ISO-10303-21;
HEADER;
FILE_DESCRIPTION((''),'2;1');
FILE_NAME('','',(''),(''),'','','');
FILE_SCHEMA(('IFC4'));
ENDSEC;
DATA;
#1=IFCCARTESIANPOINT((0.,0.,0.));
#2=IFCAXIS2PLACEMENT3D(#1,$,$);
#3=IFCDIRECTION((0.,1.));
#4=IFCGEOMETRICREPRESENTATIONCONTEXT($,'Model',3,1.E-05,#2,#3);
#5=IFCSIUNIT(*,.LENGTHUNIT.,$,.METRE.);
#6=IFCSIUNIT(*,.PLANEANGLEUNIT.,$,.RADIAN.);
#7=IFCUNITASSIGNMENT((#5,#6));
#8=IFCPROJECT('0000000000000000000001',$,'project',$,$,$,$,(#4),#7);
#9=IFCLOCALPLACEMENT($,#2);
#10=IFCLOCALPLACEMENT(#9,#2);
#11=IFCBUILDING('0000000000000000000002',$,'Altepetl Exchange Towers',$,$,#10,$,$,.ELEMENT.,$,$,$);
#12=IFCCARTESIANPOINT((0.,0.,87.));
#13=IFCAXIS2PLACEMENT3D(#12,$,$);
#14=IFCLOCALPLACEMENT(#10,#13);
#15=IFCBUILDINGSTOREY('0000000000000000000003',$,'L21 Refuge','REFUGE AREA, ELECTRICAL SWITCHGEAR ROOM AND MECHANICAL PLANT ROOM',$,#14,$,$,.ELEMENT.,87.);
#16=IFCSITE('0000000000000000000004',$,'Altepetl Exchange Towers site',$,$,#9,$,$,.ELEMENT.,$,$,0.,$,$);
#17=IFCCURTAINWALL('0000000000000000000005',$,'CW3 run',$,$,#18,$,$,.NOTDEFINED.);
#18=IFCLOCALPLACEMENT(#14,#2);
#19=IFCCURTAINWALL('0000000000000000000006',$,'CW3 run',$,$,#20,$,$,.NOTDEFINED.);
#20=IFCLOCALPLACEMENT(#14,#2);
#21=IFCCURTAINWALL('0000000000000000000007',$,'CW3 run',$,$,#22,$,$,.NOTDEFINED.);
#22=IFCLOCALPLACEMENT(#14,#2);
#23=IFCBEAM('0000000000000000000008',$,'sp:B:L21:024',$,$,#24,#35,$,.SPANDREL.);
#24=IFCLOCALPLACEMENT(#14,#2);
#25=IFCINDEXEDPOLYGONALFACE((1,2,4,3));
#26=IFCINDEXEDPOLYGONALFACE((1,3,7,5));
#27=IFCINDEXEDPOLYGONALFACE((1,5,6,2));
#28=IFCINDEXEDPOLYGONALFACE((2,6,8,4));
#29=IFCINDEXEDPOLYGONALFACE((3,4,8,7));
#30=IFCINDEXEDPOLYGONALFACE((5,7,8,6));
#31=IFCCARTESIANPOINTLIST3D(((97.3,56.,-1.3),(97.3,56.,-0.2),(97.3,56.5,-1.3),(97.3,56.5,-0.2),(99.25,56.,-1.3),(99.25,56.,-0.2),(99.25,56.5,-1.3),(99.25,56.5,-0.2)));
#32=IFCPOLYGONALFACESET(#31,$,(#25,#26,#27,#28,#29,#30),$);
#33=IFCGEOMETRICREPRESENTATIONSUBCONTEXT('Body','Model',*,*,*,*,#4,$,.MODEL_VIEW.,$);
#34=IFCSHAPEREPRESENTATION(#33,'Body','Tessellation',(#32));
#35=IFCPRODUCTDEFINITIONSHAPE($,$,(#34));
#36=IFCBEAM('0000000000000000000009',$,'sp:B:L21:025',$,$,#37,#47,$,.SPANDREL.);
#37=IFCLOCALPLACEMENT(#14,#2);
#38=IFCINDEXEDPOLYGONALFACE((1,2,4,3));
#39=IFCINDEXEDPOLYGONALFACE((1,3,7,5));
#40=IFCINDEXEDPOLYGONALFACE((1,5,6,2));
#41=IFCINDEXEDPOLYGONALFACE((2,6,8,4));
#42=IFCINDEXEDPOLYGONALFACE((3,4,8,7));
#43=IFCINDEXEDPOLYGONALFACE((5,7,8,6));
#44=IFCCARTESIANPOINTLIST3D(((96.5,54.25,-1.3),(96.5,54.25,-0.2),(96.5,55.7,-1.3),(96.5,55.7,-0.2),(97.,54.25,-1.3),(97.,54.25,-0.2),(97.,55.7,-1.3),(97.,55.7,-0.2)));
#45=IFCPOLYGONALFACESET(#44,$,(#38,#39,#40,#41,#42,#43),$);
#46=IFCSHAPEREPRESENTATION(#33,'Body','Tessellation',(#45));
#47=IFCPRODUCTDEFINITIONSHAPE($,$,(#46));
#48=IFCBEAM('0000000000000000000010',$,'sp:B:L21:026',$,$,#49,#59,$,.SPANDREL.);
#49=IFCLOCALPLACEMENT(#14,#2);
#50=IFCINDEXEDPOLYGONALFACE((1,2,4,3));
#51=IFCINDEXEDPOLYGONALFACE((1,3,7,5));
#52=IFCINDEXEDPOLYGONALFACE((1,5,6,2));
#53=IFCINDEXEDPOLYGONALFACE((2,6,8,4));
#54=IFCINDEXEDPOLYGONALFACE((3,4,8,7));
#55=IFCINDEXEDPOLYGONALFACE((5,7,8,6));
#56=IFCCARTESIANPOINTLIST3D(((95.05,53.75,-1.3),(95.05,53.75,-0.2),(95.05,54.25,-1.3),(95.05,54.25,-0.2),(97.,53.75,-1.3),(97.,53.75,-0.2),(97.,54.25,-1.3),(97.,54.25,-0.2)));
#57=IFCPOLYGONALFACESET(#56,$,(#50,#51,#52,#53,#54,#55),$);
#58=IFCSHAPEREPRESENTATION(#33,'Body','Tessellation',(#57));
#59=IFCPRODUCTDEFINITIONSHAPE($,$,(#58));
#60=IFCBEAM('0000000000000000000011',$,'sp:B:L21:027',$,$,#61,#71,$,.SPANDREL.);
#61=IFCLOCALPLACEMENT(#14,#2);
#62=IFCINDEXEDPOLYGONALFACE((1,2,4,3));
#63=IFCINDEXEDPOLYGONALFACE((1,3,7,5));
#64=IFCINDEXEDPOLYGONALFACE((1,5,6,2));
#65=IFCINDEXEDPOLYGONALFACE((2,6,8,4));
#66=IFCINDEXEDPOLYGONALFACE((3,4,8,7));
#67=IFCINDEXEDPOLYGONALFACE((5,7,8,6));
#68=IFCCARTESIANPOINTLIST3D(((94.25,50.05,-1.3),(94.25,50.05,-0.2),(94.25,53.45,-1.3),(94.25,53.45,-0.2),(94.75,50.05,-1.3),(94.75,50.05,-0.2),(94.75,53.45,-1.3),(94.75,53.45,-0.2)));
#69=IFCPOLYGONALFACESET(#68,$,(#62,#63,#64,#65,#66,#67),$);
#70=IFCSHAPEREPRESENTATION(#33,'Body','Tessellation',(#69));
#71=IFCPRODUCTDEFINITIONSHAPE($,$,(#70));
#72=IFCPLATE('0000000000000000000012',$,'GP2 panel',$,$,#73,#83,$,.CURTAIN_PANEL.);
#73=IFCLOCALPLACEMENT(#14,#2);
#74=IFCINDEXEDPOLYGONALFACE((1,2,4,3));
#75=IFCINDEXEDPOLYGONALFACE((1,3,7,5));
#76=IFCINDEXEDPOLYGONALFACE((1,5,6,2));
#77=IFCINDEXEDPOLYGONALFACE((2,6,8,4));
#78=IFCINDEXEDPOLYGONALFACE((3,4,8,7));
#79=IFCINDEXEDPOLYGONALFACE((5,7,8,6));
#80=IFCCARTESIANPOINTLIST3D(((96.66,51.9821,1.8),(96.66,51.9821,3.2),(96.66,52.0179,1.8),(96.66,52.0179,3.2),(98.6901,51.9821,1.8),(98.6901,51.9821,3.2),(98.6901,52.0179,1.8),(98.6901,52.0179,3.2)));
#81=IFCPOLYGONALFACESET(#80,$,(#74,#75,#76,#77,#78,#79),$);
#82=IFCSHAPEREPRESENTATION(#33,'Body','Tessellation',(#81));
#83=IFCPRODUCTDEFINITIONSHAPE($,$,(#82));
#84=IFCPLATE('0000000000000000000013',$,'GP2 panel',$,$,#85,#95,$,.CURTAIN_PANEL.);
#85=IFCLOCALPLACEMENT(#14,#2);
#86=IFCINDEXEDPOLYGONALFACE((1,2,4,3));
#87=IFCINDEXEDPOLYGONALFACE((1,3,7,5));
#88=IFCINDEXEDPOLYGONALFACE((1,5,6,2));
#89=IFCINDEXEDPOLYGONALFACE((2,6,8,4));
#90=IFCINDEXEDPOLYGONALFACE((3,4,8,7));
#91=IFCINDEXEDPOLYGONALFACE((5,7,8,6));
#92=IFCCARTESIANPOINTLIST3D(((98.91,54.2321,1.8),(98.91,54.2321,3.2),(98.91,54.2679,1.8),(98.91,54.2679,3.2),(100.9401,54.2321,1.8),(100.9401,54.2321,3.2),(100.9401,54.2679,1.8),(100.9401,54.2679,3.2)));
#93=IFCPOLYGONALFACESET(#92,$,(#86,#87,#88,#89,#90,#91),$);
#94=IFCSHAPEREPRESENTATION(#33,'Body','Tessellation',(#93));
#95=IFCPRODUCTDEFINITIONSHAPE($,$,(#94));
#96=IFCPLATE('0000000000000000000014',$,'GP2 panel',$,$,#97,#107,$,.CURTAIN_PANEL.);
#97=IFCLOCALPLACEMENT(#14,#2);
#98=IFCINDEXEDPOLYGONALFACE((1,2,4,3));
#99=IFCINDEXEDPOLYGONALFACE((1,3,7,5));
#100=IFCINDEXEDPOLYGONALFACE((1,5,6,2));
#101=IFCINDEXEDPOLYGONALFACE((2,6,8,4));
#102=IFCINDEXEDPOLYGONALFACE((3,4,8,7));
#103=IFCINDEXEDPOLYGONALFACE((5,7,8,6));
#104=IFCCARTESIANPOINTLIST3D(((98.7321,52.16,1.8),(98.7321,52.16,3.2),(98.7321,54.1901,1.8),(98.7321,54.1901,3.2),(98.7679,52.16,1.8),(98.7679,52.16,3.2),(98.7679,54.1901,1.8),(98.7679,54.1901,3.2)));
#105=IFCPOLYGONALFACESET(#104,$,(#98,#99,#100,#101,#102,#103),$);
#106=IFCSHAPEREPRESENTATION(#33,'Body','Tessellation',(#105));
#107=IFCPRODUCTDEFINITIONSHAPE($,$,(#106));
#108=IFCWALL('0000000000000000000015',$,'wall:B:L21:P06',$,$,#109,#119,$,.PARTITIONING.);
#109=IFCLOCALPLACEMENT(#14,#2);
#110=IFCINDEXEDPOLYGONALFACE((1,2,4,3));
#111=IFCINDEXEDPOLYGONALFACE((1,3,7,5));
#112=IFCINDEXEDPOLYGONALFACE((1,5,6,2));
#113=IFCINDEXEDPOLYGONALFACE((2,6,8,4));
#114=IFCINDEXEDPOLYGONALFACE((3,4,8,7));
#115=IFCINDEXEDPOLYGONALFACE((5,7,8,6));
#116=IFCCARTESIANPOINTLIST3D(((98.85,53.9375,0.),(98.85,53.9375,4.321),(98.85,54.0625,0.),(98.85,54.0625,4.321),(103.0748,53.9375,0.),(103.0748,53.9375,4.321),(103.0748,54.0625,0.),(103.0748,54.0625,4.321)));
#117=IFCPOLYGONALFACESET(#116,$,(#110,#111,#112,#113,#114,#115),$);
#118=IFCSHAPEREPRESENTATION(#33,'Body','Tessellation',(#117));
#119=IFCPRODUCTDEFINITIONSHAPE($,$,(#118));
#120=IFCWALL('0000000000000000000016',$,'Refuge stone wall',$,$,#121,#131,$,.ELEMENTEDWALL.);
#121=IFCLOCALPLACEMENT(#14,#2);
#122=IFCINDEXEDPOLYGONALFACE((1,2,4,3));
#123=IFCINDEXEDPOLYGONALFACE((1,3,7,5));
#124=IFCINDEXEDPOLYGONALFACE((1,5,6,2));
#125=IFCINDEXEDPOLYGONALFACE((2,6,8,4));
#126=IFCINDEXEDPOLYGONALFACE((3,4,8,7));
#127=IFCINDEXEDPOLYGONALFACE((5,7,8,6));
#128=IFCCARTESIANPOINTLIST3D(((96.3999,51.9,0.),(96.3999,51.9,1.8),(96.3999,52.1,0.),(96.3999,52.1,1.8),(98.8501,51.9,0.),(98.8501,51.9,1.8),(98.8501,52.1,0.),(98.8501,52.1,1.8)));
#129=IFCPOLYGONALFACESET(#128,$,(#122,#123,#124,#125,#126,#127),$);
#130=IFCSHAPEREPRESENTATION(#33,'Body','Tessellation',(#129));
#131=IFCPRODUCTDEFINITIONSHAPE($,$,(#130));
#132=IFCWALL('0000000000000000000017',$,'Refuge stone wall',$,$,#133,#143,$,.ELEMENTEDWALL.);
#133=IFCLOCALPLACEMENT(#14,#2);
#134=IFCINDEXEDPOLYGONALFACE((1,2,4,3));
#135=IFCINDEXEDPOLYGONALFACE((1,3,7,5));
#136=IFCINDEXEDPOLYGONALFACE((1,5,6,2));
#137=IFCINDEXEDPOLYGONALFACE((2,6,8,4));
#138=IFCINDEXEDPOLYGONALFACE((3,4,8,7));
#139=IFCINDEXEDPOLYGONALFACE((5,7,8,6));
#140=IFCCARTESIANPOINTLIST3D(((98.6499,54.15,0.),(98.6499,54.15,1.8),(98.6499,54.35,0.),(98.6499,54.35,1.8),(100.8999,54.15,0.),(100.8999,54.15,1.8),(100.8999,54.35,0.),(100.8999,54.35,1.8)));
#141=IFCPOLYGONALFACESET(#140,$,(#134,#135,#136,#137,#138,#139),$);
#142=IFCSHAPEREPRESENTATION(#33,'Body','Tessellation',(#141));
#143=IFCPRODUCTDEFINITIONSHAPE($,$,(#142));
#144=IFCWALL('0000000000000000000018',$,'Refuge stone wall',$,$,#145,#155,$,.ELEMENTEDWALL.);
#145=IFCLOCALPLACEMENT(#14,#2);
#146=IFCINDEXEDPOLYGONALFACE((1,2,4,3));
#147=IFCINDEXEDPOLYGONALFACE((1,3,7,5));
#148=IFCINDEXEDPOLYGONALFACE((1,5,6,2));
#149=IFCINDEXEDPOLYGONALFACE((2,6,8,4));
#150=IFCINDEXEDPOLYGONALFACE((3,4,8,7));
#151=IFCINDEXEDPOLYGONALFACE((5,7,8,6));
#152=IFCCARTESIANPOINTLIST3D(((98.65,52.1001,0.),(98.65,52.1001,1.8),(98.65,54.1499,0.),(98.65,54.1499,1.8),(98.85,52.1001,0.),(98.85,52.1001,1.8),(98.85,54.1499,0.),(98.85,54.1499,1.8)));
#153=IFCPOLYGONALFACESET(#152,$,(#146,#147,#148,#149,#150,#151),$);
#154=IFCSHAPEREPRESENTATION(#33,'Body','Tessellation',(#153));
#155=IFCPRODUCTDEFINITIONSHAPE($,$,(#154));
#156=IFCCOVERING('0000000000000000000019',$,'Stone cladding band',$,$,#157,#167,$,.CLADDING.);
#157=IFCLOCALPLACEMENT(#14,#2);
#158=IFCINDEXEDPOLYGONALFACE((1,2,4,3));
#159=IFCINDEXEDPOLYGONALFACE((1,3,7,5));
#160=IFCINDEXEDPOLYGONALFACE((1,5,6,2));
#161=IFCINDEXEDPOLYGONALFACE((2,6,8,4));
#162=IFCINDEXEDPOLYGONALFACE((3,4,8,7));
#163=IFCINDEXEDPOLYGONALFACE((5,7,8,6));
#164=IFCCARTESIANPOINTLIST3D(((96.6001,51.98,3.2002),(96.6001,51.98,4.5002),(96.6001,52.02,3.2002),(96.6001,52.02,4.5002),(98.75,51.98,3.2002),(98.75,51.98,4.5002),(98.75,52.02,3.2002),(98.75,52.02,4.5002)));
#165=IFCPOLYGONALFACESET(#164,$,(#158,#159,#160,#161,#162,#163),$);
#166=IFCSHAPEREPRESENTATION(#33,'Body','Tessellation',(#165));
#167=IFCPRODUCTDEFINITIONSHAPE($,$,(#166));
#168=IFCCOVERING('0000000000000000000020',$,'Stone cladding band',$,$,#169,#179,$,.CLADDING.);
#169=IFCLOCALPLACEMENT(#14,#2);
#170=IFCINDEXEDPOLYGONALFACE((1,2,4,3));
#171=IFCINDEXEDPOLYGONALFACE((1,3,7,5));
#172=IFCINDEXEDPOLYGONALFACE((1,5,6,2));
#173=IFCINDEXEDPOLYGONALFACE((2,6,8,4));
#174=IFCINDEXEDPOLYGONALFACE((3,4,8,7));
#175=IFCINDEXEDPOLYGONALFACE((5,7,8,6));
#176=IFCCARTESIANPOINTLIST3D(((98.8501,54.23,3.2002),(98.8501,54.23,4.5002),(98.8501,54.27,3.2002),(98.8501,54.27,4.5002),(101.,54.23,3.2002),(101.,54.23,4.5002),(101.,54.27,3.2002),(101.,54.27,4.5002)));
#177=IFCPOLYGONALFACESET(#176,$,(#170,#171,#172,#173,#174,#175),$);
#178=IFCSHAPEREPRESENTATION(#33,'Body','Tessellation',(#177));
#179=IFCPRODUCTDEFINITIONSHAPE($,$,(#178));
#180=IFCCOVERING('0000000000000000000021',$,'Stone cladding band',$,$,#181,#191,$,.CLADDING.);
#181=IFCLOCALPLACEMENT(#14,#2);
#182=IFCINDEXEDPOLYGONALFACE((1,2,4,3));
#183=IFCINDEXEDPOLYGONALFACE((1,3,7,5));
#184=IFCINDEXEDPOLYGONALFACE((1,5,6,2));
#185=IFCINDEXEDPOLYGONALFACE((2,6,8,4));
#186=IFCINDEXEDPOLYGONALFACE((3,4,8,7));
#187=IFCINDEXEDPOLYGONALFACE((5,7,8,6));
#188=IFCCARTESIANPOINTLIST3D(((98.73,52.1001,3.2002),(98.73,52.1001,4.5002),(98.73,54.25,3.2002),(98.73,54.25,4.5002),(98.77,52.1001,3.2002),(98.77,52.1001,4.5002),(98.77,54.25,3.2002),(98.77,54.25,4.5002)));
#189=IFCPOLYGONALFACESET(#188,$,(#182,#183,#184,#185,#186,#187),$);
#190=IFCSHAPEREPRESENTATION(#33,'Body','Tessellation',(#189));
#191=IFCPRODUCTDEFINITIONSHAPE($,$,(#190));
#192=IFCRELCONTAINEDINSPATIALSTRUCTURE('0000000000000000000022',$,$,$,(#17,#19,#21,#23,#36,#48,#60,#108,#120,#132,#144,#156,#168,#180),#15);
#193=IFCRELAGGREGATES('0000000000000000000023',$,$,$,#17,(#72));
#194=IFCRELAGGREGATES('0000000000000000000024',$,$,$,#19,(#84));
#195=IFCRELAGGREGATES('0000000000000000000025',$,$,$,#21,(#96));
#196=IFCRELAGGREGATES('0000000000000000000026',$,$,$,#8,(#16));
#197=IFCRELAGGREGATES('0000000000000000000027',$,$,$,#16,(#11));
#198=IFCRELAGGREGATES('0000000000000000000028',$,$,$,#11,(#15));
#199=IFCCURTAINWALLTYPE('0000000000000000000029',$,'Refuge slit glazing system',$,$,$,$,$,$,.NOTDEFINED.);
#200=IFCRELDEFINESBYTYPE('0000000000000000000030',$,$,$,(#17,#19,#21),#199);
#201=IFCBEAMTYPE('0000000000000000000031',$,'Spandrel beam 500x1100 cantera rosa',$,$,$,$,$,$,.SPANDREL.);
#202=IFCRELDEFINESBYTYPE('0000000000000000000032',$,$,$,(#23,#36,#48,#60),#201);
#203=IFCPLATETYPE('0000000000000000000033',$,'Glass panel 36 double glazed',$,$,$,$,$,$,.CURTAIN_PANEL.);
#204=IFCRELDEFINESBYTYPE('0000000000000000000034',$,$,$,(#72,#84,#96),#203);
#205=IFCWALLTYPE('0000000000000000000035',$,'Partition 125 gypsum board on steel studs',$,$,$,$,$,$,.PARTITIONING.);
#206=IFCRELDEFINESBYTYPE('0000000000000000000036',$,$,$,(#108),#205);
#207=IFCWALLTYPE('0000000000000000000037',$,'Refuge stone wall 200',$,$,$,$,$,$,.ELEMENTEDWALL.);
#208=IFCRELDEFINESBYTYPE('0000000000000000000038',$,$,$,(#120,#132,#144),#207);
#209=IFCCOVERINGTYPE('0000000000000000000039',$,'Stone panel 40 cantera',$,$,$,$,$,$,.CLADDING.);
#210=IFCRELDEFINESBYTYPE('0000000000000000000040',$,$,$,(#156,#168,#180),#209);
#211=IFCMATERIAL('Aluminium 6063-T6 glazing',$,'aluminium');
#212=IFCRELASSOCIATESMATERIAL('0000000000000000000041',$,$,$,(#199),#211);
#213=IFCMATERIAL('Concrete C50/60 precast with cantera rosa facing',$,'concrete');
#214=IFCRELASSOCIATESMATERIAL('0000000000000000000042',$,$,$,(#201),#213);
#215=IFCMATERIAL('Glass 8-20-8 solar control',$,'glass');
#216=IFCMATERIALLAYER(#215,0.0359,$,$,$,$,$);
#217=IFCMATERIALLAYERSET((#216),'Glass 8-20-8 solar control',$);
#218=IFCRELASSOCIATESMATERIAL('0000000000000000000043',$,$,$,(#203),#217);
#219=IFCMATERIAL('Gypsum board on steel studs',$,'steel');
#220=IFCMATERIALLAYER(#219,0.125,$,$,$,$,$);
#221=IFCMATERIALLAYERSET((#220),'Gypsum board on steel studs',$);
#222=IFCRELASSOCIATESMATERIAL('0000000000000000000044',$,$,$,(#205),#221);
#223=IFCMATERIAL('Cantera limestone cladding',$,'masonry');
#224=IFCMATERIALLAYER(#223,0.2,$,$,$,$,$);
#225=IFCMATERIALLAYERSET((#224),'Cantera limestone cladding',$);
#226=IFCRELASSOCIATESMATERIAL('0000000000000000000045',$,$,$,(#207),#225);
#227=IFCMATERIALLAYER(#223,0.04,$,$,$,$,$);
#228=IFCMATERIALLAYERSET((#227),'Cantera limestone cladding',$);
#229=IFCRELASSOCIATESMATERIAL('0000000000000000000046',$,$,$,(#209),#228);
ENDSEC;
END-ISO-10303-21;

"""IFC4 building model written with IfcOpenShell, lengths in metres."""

from ifc_helpers import new_model, si_unit, direction, frame, frame_2d, origin, origin_2d, place, context, subcontext, project, spatial, rectangle, extrude, material, layer, layer_set, material_profile, profile_set, type_object, element, aggregate, save


model = new_model("IFC4")

# Units and contexts
model_context = context("Model", 3, precision=1e-05, world=origin(), true_north=direction((0.0, 1.0)))
body_context = subcontext(model_context, "Body", "Model", "MODEL_VIEW")
ifc_project = project(units=[si_unit("LENGTHUNIT", "METRE"), si_unit("PLANEANGLEUNIT", "RADIAN")], contexts=[model_context])

# Site, building, storey
site_placement = place(None, origin())
site = spatial("IfcSite", under=ifc_project, at=site_placement, Name="Altepetl Exchange Towers site", CompositionType="ELEMENT", RefElevation=0.0)
building_placement = place(site_placement, origin())
building = spatial("IfcBuilding", under=site, at=building_placement, Name="Altepetl Exchange Towers", CompositionType="ELEMENT")
storey_placement = place(building_placement, frame((0.0, 0.0, 87.0)))
storey = spatial("IfcBuildingStorey", under=building, at=storey_placement, Name="L21 Refuge", Description="REFUGE AREA, ELECTRICAL SWITCHGEAR ROOM AND MECHANICAL PLANT ROOM", CompositionType="ELEMENT", Elevation=87.0)

# Curtain wall
ifc_material_1 = material(Name="Aluminium 6063-T6 glazing", Category="aluminium")
curtain_wall_type = type_object("IfcCurtainWallType", Name="Refuge slit glazing system", PredefinedType="NOTDEFINED", material=ifc_material_1)
curtain_wall_1_placement = place(storey_placement, origin())
curtain_wall_1 = element("IfcCurtainWall", 1, at=curtain_wall_1_placement, inside=storey, type_object=curtain_wall_type, Name="CW3 run", PredefinedType="NOTDEFINED")

# Curtain walls
curtain_wall_2_placement = place(storey_placement, origin())
curtain_wall_2 = element("IfcCurtainWall", 2, at=curtain_wall_2_placement, inside=storey, type_object=curtain_wall_type, Name="CW3 run", PredefinedType="NOTDEFINED")
curtain_wall_3_placement = place(storey_placement, origin())
curtain_wall_3 = element("IfcCurtainWall", 3, at=curtain_wall_3_placement, inside=storey, type_object=curtain_wall_type, Name="CW3 run", PredefinedType="NOTDEFINED")

# Beams
ifc_material_2 = material(Name="Concrete C50/60 precast with cantera rosa facing", Category="concrete")
ifc_material_profile_1 = material_profile(ifc_material_2, rectangle(XDim=0.5, YDim=1.1001, at=origin_2d()), Name="500 x 1100")
ifc_profile_set_1 = profile_set([ifc_material_profile_1], Name="Concrete C50/60 precast with cantera rosa facing")
beam_type_1 = type_object("IfcBeamType", Name="Spandrel beam 500x1100 cantera rosa", PredefinedType="SPANDREL", material=ifc_profile_set_1)
beam_1_placement = place(storey_placement, frame((99.25, 56.25, -0.75), z_axis=(-1.0, 0.0, 0.0), x_axis=(0.0, -1.0, 0.0)))
element("IfcBeam", 4, at=beam_1_placement, inside=storey, type_object=beam_type_1, Name="sp:B:L21:024", PredefinedType="SPANDREL", context=body_context, shape_type="SweptSolid", body=[
    extrude(rectangle(XDim=0.5, YDim=1.1001, at=origin_2d()), origin(), (0.0, 0.0, 1.0), 1.95),
])
beam_2_placement = place(storey_placement, frame((96.75, 55.7, -0.75), z_axis=(0.0, -1.0, 0.0), x_axis=(1.0, 0.0, 0.0)))
element("IfcBeam", 5, at=beam_2_placement, inside=storey, type_object=beam_type_1, Name="sp:B:L21:025", PredefinedType="SPANDREL", context=body_context, shape_type="SweptSolid", body=[
    extrude(rectangle(XDim=0.5, YDim=1.1001, at=origin_2d()), origin(), (0.0, 0.0, 1.0), 1.45),
])
beam_3_placement = place(storey_placement, frame((97.0, 54.0, -0.75), z_axis=(-1.0, 0.0, 0.0), x_axis=(0.0, -1.0, 0.0)))
element("IfcBeam", 6, at=beam_3_placement, inside=storey, type_object=beam_type_1, Name="sp:B:L21:026", PredefinedType="SPANDREL", context=body_context, shape_type="SweptSolid", body=[
    extrude(rectangle(XDim=0.5, YDim=1.1001, at=origin_2d()), origin(), (0.0, 0.0, 1.0), 1.95),
])
beam_4_placement = place(storey_placement, frame((94.5, 53.45, -0.75), z_axis=(0.0, -1.0, 0.0), x_axis=(1.0, 0.0, 0.0)))
element("IfcBeam", 7, at=beam_4_placement, inside=storey, type_object=beam_type_1, Name="sp:B:L21:027", PredefinedType="SPANDREL", context=body_context, shape_type="SweptSolid", body=[
    extrude(rectangle(XDim=0.5, YDim=1.1001, at=origin_2d()), origin(), (0.0, 0.0, 1.0), 3.3999),
])

# Plates
ifc_material_3 = material(Name="Glass 8-20-8 solar control", Category="glass")
ifc_layer_1 = layer(ifc_material_3, 0.0359)
ifc_layer_set_1 = layer_set([ifc_layer_1], Name="Glass 8-20-8 solar control")
plate_type = type_object("IfcPlateType", Name="Glass panel 36 double glazed", PredefinedType="CURTAIN_PANEL", material=ifc_layer_set_1)
plate_1_placement = place(storey_placement, frame((97.675, 52.0, 1.8), z_axis=(0.0, 0.0, 1.0), x_axis=(-1.0, 0.0, 0.0)))
plate_1 = element("IfcPlate", 8, at=plate_1_placement, type_object=plate_type, Name="GP2 panel", PredefinedType="CURTAIN_PANEL", context=body_context, shape_type="SweptSolid", body=[
    extrude(rectangle(XDim=2.03, YDim=0.0359, at=origin_2d()), origin(), (0.0, 0.0, 1.0), 1.3999),
])
aggregate(curtain_wall_1, [plate_1])
plate_2_placement = place(storey_placement, frame((99.925, 54.25, 1.8), z_axis=(0.0, 0.0, 1.0), x_axis=(-1.0, 0.0, 0.0)))
plate_2 = element("IfcPlate", 9, at=plate_2_placement, type_object=plate_type, Name="GP2 panel", PredefinedType="CURTAIN_PANEL", context=body_context, shape_type="SweptSolid", body=[
    extrude(rectangle(XDim=2.03, YDim=0.0359, at=origin_2d()), origin(), (0.0, 0.0, 1.0), 1.3999),
])
aggregate(curtain_wall_2, [plate_2])
plate_3_placement = place(storey_placement, frame((98.75, 53.175, 1.8), z_axis=(0.0, 0.0, 1.0), x_axis=(0.0, -1.0, 0.0)))
plate_3 = element("IfcPlate", 10, at=plate_3_placement, type_object=plate_type, Name="GP2 panel", PredefinedType="CURTAIN_PANEL", context=body_context, shape_type="SweptSolid", body=[
    extrude(rectangle(XDim=2.03, YDim=0.0359, at=origin_2d()), origin(), (0.0, 0.0, 1.0), 1.3999),
])
aggregate(curtain_wall_3, [plate_3])

# Walls
ifc_material_4 = material(Name="Gypsum board on steel studs", Category="steel")
ifc_layer_2 = layer(ifc_material_4, 0.125)
ifc_layer_set_2 = layer_set([ifc_layer_2], Name="Gypsum board on steel studs")
wall_type_1 = type_object("IfcWallType", Name="Partition 125 gypsum board on steel studs", PredefinedType="PARTITIONING", material=ifc_layer_set_2)
wall_1_placement = place(storey_placement, frame((98.8501, 54.0, 0.0)))
element("IfcWall", 11, at=wall_1_placement, inside=storey, type_object=wall_type_1, Name="wall:B:L21:P06", PredefinedType="PARTITIONING", context=body_context, shape_type="SweptSolid", body=[
    extrude(rectangle(XDim=4.2249, YDim=0.125, at=frame_2d((2.1123, 0.0))), origin(), (0.0, 0.0, 1.0), 4.321),
])
ifc_material_5 = material(Name="Cantera limestone cladding", Category="masonry")
ifc_layer_3 = layer(ifc_material_5, 0.2)
ifc_layer_set_3 = layer_set([ifc_layer_3], Name="Cantera limestone cladding")
wall_type_2 = type_object("IfcWallType", Name="Refuge stone wall 200", PredefinedType="ELEMENTEDWALL", material=ifc_layer_set_3)
wall_2_placement = place(storey_placement, frame((98.8501, 52.0, 0.0), z_axis=(0.0, 0.0, 1.0), x_axis=(-1.0, 0.0, 0.0)))
element("IfcWall", 12, at=wall_2_placement, inside=storey, type_object=wall_type_2, Name="Refuge stone wall", PredefinedType="ELEMENTEDWALL", context=body_context, shape_type="SweptSolid", body=[
    extrude(rectangle(XDim=2.4502, YDim=0.2, at=frame_2d((1.2251, 0.0))), origin(), (0.0, 0.0, 1.0), 1.8),
])
wall_3_placement = place(storey_placement, frame((100.8999, 54.25, 0.0), z_axis=(0.0, 0.0, 1.0), x_axis=(-1.0, 0.0, 0.0)))
element("IfcWall", 13, at=wall_3_placement, inside=storey, type_object=wall_type_2, Name="Refuge stone wall", PredefinedType="ELEMENTEDWALL", context=body_context, shape_type="SweptSolid", body=[
    extrude(rectangle(XDim=2.25, YDim=0.2, at=frame_2d((1.125, 0.0))), origin(), (0.0, 0.0, 1.0), 1.8),
])
wall_4_placement = place(storey_placement, frame((98.75, 54.1499, 0.0), z_axis=(0.0, 0.0, 1.0), x_axis=(0.0, -1.0, 0.0)))
element("IfcWall", 14, at=wall_4_placement, inside=storey, type_object=wall_type_2, Name="Refuge stone wall", PredefinedType="ELEMENTEDWALL", context=body_context, shape_type="SweptSolid", body=[
    extrude(rectangle(XDim=2.0498, YDim=0.2, at=frame_2d((1.0249, 0.0))), origin(), (0.0, 0.0, 1.0), 1.8),
])

# Coverings
ifc_layer_4 = layer(ifc_material_5, 0.04)
ifc_layer_set_4 = layer_set([ifc_layer_4], Name="Cantera limestone cladding")
covering_type = type_object("IfcCoveringType", Name="Stone panel 40 cantera", PredefinedType="CLADDING", material=ifc_layer_set_4)
for number, where, z_axis, x_axis, name in (
    (15, (97.675, 52.0, 3.2002), (0.0, 0.0, 1.0), (-1.0, 0.0, 0.0), "Stone cladding band"),
    (16, (99.925, 54.25, 3.2002), (0.0, 0.0, 1.0), (-1.0, 0.0, 0.0), "Stone cladding band"),
    (17, (98.75, 53.175, 3.2002), (0.0, 0.0, 1.0), (0.0, -1.0, 0.0), "Stone cladding band"),
):
    element("IfcCovering", number, at=place(storey_placement, frame(where, z_axis=z_axis, x_axis=x_axis)), inside=storey, type_object=covering_type, Name=name, PredefinedType="CLADDING", context=body_context, shape_type="SweptSolid", body=[
        extrude(rectangle(XDim=2.1499, YDim=0.04, at=origin_2d()), origin(), (0.0, 0.0, 1.0), 1.3),
    ])

save(model, "model.ifc")
